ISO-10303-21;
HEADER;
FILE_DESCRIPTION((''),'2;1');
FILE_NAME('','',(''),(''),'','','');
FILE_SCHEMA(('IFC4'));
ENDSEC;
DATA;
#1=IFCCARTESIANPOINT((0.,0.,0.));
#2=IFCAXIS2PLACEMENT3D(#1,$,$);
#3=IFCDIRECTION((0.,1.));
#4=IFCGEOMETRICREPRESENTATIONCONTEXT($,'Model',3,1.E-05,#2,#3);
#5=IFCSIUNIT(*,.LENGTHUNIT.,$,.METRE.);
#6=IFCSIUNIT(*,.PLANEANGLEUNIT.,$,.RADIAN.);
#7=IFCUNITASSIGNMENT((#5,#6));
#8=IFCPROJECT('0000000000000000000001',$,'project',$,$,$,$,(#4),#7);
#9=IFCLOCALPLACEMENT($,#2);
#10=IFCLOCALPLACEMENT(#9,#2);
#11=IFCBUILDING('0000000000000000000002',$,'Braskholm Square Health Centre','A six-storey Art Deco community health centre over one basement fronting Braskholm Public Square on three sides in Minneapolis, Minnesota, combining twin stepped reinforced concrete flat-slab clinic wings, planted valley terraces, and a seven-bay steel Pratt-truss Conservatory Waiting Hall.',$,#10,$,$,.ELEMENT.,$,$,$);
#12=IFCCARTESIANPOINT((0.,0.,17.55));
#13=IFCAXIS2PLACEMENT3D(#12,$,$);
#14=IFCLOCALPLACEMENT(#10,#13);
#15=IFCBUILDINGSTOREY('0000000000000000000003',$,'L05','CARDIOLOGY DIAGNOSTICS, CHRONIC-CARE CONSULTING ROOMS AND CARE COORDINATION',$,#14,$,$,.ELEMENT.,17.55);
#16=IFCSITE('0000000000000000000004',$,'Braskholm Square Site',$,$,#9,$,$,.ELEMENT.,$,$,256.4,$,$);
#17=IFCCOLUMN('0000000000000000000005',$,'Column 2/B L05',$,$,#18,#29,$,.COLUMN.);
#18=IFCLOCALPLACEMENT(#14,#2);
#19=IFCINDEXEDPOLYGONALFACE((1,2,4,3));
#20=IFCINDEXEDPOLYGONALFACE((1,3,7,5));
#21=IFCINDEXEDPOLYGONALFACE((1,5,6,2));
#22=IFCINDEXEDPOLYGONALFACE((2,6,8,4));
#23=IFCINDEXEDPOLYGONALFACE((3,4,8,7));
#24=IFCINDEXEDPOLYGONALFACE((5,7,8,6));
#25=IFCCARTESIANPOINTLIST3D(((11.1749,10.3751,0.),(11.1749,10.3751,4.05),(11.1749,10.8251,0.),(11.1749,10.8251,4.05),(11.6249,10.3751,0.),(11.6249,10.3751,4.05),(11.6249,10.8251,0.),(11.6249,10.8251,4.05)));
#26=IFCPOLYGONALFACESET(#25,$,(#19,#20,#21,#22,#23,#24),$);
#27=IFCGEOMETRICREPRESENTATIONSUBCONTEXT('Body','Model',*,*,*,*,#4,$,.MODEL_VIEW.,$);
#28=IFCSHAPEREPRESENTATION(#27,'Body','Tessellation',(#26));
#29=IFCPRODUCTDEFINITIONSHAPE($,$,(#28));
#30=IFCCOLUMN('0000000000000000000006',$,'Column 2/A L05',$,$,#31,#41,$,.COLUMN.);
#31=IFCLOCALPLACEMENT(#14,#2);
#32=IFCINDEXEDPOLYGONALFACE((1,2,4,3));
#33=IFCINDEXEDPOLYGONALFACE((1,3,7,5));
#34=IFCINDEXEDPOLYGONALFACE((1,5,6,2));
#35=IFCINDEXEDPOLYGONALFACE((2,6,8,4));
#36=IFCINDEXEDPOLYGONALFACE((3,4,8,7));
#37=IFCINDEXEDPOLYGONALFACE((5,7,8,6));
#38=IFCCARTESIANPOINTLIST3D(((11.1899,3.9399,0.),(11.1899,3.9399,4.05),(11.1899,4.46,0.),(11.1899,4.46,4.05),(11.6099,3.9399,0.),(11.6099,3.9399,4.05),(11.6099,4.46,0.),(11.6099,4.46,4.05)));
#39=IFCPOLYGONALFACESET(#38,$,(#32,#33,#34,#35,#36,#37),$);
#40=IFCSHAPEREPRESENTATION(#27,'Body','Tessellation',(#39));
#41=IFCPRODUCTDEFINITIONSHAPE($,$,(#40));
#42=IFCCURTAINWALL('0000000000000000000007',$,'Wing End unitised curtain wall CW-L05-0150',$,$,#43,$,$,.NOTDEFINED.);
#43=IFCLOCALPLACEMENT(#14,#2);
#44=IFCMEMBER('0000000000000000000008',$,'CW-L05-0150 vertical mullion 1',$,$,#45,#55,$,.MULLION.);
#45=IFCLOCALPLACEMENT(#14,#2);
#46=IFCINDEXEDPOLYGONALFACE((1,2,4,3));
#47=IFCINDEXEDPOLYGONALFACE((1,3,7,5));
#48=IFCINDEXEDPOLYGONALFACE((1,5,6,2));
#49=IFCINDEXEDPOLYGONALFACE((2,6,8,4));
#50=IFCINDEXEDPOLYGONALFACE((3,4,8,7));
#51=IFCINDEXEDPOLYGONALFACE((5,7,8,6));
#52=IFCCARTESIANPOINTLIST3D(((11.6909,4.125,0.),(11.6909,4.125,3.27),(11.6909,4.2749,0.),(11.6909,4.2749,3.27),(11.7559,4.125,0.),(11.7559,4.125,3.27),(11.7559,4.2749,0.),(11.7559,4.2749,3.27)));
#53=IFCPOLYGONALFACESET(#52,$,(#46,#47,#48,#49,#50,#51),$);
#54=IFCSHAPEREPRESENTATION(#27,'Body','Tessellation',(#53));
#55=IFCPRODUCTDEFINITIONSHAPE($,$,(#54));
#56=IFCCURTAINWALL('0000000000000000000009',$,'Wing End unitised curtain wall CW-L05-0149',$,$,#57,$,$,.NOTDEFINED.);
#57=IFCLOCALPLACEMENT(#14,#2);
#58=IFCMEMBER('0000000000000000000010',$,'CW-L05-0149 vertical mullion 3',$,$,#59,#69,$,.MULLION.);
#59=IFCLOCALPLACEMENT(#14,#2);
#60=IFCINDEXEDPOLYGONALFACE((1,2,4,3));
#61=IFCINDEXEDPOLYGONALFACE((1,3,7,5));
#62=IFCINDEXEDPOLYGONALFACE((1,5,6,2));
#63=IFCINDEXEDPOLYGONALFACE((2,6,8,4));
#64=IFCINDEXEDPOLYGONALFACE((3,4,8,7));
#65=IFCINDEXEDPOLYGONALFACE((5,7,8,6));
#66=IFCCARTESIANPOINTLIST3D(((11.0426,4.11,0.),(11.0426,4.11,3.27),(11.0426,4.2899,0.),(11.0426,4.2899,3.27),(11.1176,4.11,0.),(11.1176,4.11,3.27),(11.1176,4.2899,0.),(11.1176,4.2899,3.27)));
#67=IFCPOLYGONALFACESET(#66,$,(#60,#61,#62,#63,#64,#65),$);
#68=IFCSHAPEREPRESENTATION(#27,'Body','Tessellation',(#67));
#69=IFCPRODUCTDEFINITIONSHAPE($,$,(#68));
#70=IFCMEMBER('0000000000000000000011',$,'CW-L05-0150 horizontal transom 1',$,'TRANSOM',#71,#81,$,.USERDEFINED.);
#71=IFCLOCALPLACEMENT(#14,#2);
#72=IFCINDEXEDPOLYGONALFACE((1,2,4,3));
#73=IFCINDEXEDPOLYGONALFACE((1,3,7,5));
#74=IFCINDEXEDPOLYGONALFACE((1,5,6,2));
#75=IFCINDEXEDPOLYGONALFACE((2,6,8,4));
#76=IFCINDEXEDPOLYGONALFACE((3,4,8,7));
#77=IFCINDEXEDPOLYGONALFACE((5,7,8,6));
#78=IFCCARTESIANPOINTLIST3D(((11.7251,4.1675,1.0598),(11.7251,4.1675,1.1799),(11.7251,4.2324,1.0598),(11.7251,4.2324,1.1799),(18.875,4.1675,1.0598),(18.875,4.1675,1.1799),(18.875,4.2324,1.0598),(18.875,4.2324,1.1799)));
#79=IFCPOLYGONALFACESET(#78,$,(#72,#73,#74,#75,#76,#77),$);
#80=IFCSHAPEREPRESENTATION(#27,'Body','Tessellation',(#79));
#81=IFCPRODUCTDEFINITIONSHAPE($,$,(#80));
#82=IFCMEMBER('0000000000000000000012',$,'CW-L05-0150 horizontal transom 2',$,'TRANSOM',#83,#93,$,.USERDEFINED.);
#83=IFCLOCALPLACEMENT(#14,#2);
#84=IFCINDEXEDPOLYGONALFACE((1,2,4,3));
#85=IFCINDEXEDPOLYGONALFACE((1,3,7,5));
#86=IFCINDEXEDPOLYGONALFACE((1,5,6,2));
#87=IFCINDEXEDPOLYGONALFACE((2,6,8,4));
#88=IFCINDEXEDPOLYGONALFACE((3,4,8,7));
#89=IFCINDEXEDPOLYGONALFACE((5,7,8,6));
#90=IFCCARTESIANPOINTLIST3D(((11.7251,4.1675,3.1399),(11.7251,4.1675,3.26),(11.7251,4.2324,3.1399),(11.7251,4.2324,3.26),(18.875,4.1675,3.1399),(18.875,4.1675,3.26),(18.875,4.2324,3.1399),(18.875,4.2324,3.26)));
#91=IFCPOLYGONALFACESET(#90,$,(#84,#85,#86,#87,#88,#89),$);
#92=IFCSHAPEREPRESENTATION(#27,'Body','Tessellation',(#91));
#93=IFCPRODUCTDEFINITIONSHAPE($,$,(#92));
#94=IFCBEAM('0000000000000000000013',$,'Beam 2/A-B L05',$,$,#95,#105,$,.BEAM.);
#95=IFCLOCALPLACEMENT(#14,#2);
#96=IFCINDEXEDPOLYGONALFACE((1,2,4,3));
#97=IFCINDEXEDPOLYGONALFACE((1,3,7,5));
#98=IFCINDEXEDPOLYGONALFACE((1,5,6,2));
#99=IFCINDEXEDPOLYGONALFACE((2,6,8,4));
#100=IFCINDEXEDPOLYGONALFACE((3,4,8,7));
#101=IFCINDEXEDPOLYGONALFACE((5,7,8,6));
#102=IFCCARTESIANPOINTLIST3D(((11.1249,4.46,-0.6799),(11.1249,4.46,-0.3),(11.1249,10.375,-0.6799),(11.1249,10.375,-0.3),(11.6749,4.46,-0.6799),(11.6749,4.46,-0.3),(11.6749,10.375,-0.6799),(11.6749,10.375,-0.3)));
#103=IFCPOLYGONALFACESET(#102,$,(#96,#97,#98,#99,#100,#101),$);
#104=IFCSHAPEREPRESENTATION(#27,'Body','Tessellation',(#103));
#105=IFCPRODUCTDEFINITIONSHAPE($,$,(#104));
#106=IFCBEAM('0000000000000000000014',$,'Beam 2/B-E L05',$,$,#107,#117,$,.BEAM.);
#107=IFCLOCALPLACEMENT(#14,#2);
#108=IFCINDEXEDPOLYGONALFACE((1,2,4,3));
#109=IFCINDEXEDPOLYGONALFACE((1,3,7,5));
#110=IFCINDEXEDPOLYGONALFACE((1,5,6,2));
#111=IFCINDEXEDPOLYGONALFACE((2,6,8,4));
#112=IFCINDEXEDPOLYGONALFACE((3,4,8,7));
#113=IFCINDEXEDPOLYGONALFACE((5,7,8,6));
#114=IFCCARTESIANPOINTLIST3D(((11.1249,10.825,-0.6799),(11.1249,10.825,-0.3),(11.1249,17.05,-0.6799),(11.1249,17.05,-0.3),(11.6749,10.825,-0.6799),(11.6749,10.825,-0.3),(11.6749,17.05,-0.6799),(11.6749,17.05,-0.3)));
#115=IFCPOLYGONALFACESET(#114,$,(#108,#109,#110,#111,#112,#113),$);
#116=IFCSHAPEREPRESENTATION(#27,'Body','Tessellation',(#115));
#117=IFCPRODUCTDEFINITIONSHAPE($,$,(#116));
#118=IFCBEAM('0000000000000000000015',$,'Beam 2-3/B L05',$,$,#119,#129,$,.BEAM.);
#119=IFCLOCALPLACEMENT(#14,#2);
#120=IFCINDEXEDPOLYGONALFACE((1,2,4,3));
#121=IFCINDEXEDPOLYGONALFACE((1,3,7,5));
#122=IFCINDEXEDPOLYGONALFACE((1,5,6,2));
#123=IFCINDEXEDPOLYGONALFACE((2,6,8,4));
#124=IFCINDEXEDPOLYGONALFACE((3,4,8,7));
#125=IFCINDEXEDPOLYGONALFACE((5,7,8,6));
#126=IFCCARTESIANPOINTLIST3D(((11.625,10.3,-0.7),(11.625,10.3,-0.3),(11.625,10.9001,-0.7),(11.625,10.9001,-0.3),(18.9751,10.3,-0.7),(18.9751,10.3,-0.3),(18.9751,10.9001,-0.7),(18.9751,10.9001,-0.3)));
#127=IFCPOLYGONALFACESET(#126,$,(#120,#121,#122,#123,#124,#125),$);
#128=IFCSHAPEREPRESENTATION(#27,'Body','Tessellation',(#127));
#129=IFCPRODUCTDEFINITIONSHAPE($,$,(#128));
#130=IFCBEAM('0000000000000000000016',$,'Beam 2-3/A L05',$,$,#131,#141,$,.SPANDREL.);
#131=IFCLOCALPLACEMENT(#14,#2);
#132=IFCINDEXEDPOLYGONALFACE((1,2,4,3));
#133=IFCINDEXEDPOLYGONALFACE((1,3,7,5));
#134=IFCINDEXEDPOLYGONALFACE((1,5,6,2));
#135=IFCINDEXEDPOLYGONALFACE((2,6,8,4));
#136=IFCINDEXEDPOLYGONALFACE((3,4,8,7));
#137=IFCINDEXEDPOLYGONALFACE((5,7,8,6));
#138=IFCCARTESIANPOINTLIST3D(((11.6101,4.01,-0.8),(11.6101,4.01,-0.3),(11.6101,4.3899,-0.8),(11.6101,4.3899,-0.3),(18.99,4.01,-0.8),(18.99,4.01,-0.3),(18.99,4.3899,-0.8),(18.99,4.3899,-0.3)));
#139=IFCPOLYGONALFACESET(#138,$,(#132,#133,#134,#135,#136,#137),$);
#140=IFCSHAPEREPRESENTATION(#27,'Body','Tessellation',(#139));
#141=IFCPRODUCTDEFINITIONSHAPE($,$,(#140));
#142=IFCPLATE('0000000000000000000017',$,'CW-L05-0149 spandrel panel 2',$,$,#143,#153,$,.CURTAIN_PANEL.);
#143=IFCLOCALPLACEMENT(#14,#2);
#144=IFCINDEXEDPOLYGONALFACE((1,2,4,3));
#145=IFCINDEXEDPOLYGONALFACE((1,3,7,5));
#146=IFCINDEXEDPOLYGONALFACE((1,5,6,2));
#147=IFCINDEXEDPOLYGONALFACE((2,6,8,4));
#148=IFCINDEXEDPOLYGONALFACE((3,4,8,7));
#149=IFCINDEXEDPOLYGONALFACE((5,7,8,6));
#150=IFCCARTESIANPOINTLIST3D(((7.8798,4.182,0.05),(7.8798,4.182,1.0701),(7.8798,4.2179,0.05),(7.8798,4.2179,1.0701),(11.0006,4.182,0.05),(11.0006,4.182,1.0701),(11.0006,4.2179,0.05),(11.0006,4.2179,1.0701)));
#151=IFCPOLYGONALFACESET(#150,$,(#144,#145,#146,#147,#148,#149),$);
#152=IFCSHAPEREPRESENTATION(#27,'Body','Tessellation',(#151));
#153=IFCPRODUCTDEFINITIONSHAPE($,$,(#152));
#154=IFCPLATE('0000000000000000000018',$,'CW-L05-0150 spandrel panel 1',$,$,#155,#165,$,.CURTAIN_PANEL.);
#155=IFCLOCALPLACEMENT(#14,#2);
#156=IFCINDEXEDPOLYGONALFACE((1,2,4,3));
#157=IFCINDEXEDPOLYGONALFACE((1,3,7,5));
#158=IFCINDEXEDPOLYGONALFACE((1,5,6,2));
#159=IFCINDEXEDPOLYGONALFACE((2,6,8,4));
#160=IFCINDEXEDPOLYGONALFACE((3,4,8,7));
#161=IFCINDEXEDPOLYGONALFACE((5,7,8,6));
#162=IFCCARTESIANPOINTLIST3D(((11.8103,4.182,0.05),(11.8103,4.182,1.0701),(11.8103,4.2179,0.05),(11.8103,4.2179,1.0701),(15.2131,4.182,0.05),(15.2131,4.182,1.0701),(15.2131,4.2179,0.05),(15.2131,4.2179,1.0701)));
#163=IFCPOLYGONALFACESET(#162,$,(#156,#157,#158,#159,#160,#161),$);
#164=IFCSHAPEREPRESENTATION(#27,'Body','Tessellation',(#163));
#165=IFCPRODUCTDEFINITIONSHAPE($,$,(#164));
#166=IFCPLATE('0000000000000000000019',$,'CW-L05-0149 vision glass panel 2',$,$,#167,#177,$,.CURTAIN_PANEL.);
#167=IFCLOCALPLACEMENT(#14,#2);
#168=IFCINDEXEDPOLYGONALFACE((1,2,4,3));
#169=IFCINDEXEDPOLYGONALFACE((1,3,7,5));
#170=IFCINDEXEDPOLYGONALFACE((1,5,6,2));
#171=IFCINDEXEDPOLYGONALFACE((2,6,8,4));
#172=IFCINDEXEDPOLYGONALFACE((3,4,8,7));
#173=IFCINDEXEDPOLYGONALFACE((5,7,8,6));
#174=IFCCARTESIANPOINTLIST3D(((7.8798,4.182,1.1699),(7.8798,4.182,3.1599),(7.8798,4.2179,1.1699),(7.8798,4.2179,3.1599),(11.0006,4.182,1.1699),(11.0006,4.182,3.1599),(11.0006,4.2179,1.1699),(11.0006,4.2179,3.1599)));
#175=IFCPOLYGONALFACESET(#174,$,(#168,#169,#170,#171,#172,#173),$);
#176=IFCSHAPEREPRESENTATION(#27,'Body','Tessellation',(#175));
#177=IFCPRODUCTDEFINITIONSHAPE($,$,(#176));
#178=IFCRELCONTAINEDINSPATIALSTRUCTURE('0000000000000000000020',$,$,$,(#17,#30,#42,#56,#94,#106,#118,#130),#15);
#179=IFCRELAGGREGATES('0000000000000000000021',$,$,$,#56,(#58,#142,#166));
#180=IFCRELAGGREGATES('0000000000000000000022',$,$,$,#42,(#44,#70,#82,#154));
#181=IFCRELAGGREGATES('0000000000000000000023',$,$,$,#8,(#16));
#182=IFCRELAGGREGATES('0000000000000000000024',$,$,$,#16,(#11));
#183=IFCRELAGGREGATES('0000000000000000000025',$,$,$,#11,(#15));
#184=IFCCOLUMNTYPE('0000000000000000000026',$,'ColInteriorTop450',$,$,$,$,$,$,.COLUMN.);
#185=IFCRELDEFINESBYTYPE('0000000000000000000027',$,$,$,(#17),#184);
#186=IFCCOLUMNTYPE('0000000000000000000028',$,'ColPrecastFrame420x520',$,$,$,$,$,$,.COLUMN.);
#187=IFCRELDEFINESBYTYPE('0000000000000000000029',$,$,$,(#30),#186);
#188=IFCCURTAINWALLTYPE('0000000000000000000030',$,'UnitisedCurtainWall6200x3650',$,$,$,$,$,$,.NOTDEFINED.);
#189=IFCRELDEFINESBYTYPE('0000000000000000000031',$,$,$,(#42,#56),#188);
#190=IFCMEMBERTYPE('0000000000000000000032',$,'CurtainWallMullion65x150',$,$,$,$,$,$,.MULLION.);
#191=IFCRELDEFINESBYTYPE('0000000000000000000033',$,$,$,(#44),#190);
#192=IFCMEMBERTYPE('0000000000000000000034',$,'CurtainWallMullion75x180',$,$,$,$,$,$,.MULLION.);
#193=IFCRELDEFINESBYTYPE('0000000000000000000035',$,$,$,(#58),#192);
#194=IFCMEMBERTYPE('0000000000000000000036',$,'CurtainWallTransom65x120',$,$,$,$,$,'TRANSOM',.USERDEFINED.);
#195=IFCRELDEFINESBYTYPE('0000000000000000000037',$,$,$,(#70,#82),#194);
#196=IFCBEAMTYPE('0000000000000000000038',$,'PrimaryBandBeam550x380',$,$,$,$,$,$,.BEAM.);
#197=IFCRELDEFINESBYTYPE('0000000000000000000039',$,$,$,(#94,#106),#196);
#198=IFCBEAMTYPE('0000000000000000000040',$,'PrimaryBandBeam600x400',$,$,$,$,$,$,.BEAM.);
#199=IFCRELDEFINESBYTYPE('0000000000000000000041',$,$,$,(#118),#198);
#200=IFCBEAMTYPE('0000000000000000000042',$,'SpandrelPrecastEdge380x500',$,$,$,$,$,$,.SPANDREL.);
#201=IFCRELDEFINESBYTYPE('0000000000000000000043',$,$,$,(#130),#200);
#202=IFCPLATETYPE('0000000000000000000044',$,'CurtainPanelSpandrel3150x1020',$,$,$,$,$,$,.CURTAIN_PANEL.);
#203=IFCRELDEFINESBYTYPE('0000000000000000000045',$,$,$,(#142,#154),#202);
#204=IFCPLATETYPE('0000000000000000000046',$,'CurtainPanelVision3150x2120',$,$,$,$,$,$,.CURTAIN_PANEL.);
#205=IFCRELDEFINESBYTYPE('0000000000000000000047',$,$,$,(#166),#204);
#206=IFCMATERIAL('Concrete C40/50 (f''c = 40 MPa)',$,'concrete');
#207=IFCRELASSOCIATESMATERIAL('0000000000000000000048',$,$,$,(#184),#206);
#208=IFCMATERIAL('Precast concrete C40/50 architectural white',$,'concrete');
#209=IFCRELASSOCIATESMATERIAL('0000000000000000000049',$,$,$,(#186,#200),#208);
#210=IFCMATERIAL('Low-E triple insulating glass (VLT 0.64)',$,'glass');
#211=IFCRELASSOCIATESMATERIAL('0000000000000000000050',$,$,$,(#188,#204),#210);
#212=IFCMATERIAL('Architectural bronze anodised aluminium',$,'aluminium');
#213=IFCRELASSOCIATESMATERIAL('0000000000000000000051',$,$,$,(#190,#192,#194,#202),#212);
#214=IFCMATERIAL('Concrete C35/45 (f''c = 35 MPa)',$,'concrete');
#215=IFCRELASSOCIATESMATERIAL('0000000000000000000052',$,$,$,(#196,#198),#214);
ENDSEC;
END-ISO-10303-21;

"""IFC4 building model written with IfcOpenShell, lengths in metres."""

from ifc_helpers import new_model, si_unit, direction, frame, origin, origin_2d, place, context, subcontext, project, spatial, rectangle, extrude, material, material_profile, profile_set, type_object, element, aggregate, save


model = new_model("IFC4")

# Units and contexts
model_context = context("Model", 3, precision=1e-05, world=origin(), true_north=direction((0.0, 1.0)))
body_context = subcontext(model_context, "Body", "Model", "MODEL_VIEW")
ifc_project = project(units=[si_unit("LENGTHUNIT", "METRE"), si_unit("PLANEANGLEUNIT", "RADIAN")], contexts=[model_context])

# Site, building, storey
site_placement = place(None, origin())
site = spatial("IfcSite", under=ifc_project, at=site_placement, Name="Braskholm Square Site", CompositionType="ELEMENT", RefElevation=256.4)
building_placement = place(site_placement, origin())
building = spatial("IfcBuilding", under=site, at=building_placement, Name="Braskholm Square Health Centre", Description="A six-storey Art Deco community health centre over one basement fronting Braskholm Public Square on three sides in Minneapolis, Minnesota, combining twin stepped reinforced concrete flat-slab clinic wings, planted valley terraces, and a seven-bay steel Pratt-truss Conservatory Waiting Hall.", CompositionType="ELEMENT")
storey_placement = place(building_placement, frame((0.0, 0.0, 17.55)))
storey = spatial("IfcBuildingStorey", under=building, at=storey_placement, Name="L05", Description="CARDIOLOGY DIAGNOSTICS, CHRONIC-CARE CONSULTING ROOMS AND CARE COORDINATION", CompositionType="ELEMENT", Elevation=17.55)

# Columns
ifc_material_1 = material(Name="Concrete C40/50 (f'c = 40 MPa)", Category="concrete")
ifc_material_profile_1 = material_profile(ifc_material_1, rectangle(XDim=0.45, YDim=0.45, at=origin_2d()), Name="RC-450X450")
ifc_profile_set_1 = profile_set([ifc_material_profile_1], Name="Concrete C40/50 (f'c = 40 MPa)")
column_type_1 = type_object("IfcColumnType", Name="ColInteriorTop450", PredefinedType="COLUMN", material=ifc_profile_set_1)
column_1_placement = place(storey_placement, frame((11.3999, 10.6001, 0.0), z_axis=(0.0, 0.0, 1.0), x_axis=(1.0, 0.0, 0.0)))
element("IfcColumn", 1, at=column_1_placement, inside=storey, type_object=column_type_1, Name="Column 2/B L05", PredefinedType="COLUMN", context=body_context, shape_type="SweptSolid", body=[
    extrude(rectangle(XDim=0.45, YDim=0.45, at=origin_2d()), origin(), (0.0, 0.0, 1.0), 4.05),
])
ifc_material_2 = material(Name="Precast concrete C40/50 architectural white", Category="concrete")
ifc_material_profile_2 = material_profile(ifc_material_2, rectangle(XDim=0.4199, YDim=0.52, at=origin_2d()), Name="RC-420X520")
ifc_profile_set_2 = profile_set([ifc_material_profile_2], Name="Precast concrete C40/50 architectural white")
column_type_2 = type_object("IfcColumnType", Name="ColPrecastFrame420x520", PredefinedType="COLUMN", material=ifc_profile_set_2)
column_2_placement = place(storey_placement, frame((11.3999, 4.2, 0.0), z_axis=(0.0, 0.0, 1.0), x_axis=(1.0, 0.0, 0.0)))
element("IfcColumn", 2, at=column_2_placement, inside=storey, type_object=column_type_2, Name="Column 2/A L05", PredefinedType="COLUMN", context=body_context, shape_type="SweptSolid", body=[
    extrude(rectangle(XDim=0.4199, YDim=0.52, at=origin_2d()), origin(), (0.0, 0.0, 1.0), 4.05),
])

# Curtain walls, members
ifc_material_3 = material(Name="Low-E triple insulating glass (VLT 0.64)", Category="glass")
curtain_wall_type = type_object("IfcCurtainWallType", Name="UnitisedCurtainWall6200x3650", PredefinedType="NOTDEFINED", material=ifc_material_3)
curtain_wall_1_placement = place(storey_placement, origin())
curtain_wall_1 = element("IfcCurtainWall", 3, at=curtain_wall_1_placement, inside=storey, type_object=curtain_wall_type, Name="Wing End unitised curtain wall CW-L05-0150", PredefinedType="NOTDEFINED")
ifc_material_4 = material(Name="Architectural bronze anodised aluminium", Category="aluminium")
ifc_material_profile_3 = material_profile(ifc_material_4, rectangle(XDim=0.0649, YDim=0.1499, at=origin_2d()), Name="ALU-65X150")
ifc_profile_set_3 = profile_set([ifc_material_profile_3], Name="Architectural bronze anodised aluminium")
member_type_1 = type_object("IfcMemberType", Name="CurtainWallMullion65x150", PredefinedType="MULLION", material=ifc_profile_set_3)
member_1_placement = place(storey_placement, frame((11.7234, 4.2, 0.0), z_axis=(0.0, 0.0, 1.0), x_axis=(1.0, 0.0, 0.0)))
member_1 = element("IfcMember", 4, at=member_1_placement, type_object=member_type_1, Name="CW-L05-0150 vertical mullion 1", PredefinedType="MULLION", context=body_context, shape_type="SweptSolid", body=[
    extrude(rectangle(XDim=0.0649, YDim=0.1499, at=origin_2d()), origin(), (0.0, 0.0, 1.0), 3.27),
])
curtain_wall_2_placement = place(storey_placement, origin())
curtain_wall_2 = element("IfcCurtainWall", 5, at=curtain_wall_2_placement, inside=storey, type_object=curtain_wall_type, Name="Wing End unitised curtain wall CW-L05-0149", PredefinedType="NOTDEFINED")
ifc_material_profile_4 = material_profile(ifc_material_4, rectangle(XDim=0.075, YDim=0.1799, at=origin_2d()), Name="ALU-75X180")
ifc_profile_set_4 = profile_set([ifc_material_profile_4], Name="Architectural bronze anodised aluminium")
member_type_2 = type_object("IfcMemberType", Name="CurtainWallMullion75x180", PredefinedType="MULLION", material=ifc_profile_set_4)
member_2_placement = place(storey_placement, frame((11.0801, 4.2, 0.0), z_axis=(0.0, 0.0, 1.0), x_axis=(1.0, 0.0, 0.0)))
member_2 = element("IfcMember", 6, at=member_2_placement, type_object=member_type_2, Name="CW-L05-0149 vertical mullion 3", PredefinedType="MULLION", context=body_context, shape_type="SweptSolid", body=[
    extrude(rectangle(XDim=0.075, YDim=0.1799, at=origin_2d()), origin(), (0.0, 0.0, 1.0), 3.27),
])

# Members
ifc_material_profile_5 = material_profile(ifc_material_4, rectangle(XDim=0.0649, YDim=0.1201, at=origin_2d()), Name="ALU-65X120")
ifc_profile_set_5 = profile_set([ifc_material_profile_5], Name="Architectural bronze anodised aluminium")
member_type_3 = type_object("IfcMemberType", Name="CurtainWallTransom65x120", ElementType="TRANSOM", PredefinedType="USERDEFINED", material=ifc_profile_set_5)
member_3_placement = place(storey_placement, frame((11.7251, 4.2, 1.1199), z_axis=(1.0, 0.0, 0.0), x_axis=(0.0, 1.0, 0.0)))
member_3 = element("IfcMember", 7, at=member_3_placement, type_object=member_type_3, Name="CW-L05-0150 horizontal transom 1", ObjectType="TRANSOM", PredefinedType="USERDEFINED", context=body_context, shape_type="SweptSolid", body=[
    extrude(rectangle(XDim=0.0649, YDim=0.1201, at=origin_2d()), origin(), (0.0, 0.0, 1.0), 7.1499),
])
member_4_placement = place(storey_placement, frame((11.7251, 4.2, 3.2), z_axis=(1.0, 0.0, 0.0), x_axis=(0.0, 1.0, 0.0)))
member_4 = element("IfcMember", 8, at=member_4_placement, type_object=member_type_3, Name="CW-L05-0150 horizontal transom 2", ObjectType="TRANSOM", PredefinedType="USERDEFINED", context=body_context, shape_type="SweptSolid", body=[
    extrude(rectangle(XDim=0.0649, YDim=0.1201, at=origin_2d()), origin(), (0.0, 0.0, 1.0), 7.1499),
])

# Beams
ifc_material_5 = material(Name="Concrete C35/45 (f'c = 35 MPa)", Category="concrete")
ifc_material_profile_6 = material_profile(ifc_material_5, rectangle(XDim=0.55, YDim=0.3799, at=origin_2d()), Name="RCB-550X380")
ifc_profile_set_6 = profile_set([ifc_material_profile_6], Name="Concrete C35/45 (f'c = 35 MPa)")
beam_type_1 = type_object("IfcBeamType", Name="PrimaryBandBeam550x380", PredefinedType="BEAM", material=ifc_profile_set_6)
beam_1_placement = place(storey_placement, frame((11.3999, 4.46, -0.49), z_axis=(0.0, 1.0, 0.0), x_axis=(-1.0, 0.0, 0.0)))
element("IfcBeam", 9, at=beam_1_placement, inside=storey, type_object=beam_type_1, Name="Beam 2/A-B L05", PredefinedType="BEAM", context=body_context, shape_type="SweptSolid", body=[
    extrude(rectangle(XDim=0.55, YDim=0.3799, at=origin_2d()), origin(), (0.0, 0.0, 1.0), 5.915),
])
beam_2_placement = place(storey_placement, frame((11.3999, 10.825, -0.49), z_axis=(0.0, 1.0, 0.0), x_axis=(-1.0, 0.0, 0.0)))
element("IfcBeam", 10, at=beam_2_placement, inside=storey, type_object=beam_type_1, Name="Beam 2/B-E L05", PredefinedType="BEAM", context=body_context, shape_type="SweptSolid", body=[
    extrude(rectangle(XDim=0.55, YDim=0.3799, at=origin_2d()), origin(), (0.0, 0.0, 1.0), 6.2251),
])
ifc_material_profile_7 = material_profile(ifc_material_5, rectangle(XDim=0.6001, YDim=0.3999, at=origin_2d()), Name="RCB-600X400")
ifc_profile_set_7 = profile_set([ifc_material_profile_7], Name="Concrete C35/45 (f'c = 35 MPa)")
beam_type_2 = type_object("IfcBeamType", Name="PrimaryBandBeam600x400", PredefinedType="BEAM", material=ifc_profile_set_7)
beam_3_placement = place(storey_placement, frame((11.625, 10.6001, -0.5), z_axis=(1.0, 0.0, 0.0), x_axis=(0.0, 1.0, 0.0)))
element("IfcBeam", 11, at=beam_3_placement, inside=storey, type_object=beam_type_2, Name="Beam 2-3/B L05", PredefinedType="BEAM", context=body_context, shape_type="SweptSolid", body=[
    extrude(rectangle(XDim=0.6001, YDim=0.3999, at=origin_2d()), origin(), (0.0, 0.0, 1.0), 7.3501),
])
ifc_material_profile_8 = material_profile(ifc_material_2, rectangle(XDim=0.3799, YDim=0.5, at=origin_2d()), Name="RCB-380X500")
ifc_profile_set_8 = profile_set([ifc_material_profile_8], Name="Precast concrete C40/50 architectural white")
beam_type_3 = type_object("IfcBeamType", Name="SpandrelPrecastEdge380x500", PredefinedType="SPANDREL", material=ifc_profile_set_8)
beam_4_placement = place(storey_placement, frame((11.6101, 4.2, -0.55), z_axis=(1.0, 0.0, 0.0), x_axis=(0.0, 1.0, 0.0)))
element("IfcBeam", 12, at=beam_4_placement, inside=storey, type_object=beam_type_3, Name="Beam 2-3/A L05", PredefinedType="SPANDREL", context=body_context, shape_type="SweptSolid", body=[
    extrude(rectangle(XDim=0.3799, YDim=0.5, at=origin_2d()), origin(), (0.0, 0.0, 1.0), 7.3799),
])

# Plates
plate_type_1 = type_object("IfcPlateType", Name="CurtainPanelSpandrel3150x1020", PredefinedType="CURTAIN_PANEL", material=ifc_material_4)
plate_1_placement = place(storey_placement, frame((9.4402, 4.2, 0.05), z_axis=(0.0, 0.0, 1.0), x_axis=(1.0, 0.0, 0.0)))
plate_1 = element("IfcPlate", 13, at=plate_1_placement, type_object=plate_type_1, Name="CW-L05-0149 spandrel panel 2", PredefinedType="CURTAIN_PANEL", context=body_context, shape_type="SweptSolid", body=[
    extrude(rectangle(XDim=3.1208, YDim=0.0359, at=origin_2d()), origin(), (0.0, 0.0, 1.0), 1.02),
])
plate_2_placement = place(storey_placement, frame((13.5117, 4.2, 0.05), z_axis=(0.0, 0.0, 1.0), x_axis=(1.0, 0.0, 0.0)))
plate_2 = element("IfcPlate", 14, at=plate_2_placement, type_object=plate_type_1, Name="CW-L05-0150 spandrel panel 1", PredefinedType="CURTAIN_PANEL", context=body_context, shape_type="SweptSolid", body=[
    extrude(rectangle(XDim=3.4028, YDim=0.0359, at=origin_2d()), origin(), (0.0, 0.0, 1.0), 1.02),
])
plate_type_2 = type_object("IfcPlateType", Name="CurtainPanelVision3150x2120", PredefinedType="CURTAIN_PANEL", material=ifc_material_3)
plate_3_placement = place(storey_placement, frame((9.4402, 4.2, 1.1699), z_axis=(0.0, 0.0, 1.0), x_axis=(1.0, 0.0, 0.0)))
plate_3 = element("IfcPlate", 15, at=plate_3_placement, type_object=plate_type_2, Name="CW-L05-0149 vision glass panel 2", PredefinedType="CURTAIN_PANEL", context=body_context, shape_type="SweptSolid", body=[
    extrude(rectangle(XDim=3.1208, YDim=0.0359, at=origin_2d()), origin(), (0.0, 0.0, 1.0), 1.99),
])
aggregate(curtain_wall_2, [member_2, plate_1, plate_3])
aggregate(curtain_wall_1, [member_1, member_3, member_4, plate_2])

save(model, "model.ifc")
